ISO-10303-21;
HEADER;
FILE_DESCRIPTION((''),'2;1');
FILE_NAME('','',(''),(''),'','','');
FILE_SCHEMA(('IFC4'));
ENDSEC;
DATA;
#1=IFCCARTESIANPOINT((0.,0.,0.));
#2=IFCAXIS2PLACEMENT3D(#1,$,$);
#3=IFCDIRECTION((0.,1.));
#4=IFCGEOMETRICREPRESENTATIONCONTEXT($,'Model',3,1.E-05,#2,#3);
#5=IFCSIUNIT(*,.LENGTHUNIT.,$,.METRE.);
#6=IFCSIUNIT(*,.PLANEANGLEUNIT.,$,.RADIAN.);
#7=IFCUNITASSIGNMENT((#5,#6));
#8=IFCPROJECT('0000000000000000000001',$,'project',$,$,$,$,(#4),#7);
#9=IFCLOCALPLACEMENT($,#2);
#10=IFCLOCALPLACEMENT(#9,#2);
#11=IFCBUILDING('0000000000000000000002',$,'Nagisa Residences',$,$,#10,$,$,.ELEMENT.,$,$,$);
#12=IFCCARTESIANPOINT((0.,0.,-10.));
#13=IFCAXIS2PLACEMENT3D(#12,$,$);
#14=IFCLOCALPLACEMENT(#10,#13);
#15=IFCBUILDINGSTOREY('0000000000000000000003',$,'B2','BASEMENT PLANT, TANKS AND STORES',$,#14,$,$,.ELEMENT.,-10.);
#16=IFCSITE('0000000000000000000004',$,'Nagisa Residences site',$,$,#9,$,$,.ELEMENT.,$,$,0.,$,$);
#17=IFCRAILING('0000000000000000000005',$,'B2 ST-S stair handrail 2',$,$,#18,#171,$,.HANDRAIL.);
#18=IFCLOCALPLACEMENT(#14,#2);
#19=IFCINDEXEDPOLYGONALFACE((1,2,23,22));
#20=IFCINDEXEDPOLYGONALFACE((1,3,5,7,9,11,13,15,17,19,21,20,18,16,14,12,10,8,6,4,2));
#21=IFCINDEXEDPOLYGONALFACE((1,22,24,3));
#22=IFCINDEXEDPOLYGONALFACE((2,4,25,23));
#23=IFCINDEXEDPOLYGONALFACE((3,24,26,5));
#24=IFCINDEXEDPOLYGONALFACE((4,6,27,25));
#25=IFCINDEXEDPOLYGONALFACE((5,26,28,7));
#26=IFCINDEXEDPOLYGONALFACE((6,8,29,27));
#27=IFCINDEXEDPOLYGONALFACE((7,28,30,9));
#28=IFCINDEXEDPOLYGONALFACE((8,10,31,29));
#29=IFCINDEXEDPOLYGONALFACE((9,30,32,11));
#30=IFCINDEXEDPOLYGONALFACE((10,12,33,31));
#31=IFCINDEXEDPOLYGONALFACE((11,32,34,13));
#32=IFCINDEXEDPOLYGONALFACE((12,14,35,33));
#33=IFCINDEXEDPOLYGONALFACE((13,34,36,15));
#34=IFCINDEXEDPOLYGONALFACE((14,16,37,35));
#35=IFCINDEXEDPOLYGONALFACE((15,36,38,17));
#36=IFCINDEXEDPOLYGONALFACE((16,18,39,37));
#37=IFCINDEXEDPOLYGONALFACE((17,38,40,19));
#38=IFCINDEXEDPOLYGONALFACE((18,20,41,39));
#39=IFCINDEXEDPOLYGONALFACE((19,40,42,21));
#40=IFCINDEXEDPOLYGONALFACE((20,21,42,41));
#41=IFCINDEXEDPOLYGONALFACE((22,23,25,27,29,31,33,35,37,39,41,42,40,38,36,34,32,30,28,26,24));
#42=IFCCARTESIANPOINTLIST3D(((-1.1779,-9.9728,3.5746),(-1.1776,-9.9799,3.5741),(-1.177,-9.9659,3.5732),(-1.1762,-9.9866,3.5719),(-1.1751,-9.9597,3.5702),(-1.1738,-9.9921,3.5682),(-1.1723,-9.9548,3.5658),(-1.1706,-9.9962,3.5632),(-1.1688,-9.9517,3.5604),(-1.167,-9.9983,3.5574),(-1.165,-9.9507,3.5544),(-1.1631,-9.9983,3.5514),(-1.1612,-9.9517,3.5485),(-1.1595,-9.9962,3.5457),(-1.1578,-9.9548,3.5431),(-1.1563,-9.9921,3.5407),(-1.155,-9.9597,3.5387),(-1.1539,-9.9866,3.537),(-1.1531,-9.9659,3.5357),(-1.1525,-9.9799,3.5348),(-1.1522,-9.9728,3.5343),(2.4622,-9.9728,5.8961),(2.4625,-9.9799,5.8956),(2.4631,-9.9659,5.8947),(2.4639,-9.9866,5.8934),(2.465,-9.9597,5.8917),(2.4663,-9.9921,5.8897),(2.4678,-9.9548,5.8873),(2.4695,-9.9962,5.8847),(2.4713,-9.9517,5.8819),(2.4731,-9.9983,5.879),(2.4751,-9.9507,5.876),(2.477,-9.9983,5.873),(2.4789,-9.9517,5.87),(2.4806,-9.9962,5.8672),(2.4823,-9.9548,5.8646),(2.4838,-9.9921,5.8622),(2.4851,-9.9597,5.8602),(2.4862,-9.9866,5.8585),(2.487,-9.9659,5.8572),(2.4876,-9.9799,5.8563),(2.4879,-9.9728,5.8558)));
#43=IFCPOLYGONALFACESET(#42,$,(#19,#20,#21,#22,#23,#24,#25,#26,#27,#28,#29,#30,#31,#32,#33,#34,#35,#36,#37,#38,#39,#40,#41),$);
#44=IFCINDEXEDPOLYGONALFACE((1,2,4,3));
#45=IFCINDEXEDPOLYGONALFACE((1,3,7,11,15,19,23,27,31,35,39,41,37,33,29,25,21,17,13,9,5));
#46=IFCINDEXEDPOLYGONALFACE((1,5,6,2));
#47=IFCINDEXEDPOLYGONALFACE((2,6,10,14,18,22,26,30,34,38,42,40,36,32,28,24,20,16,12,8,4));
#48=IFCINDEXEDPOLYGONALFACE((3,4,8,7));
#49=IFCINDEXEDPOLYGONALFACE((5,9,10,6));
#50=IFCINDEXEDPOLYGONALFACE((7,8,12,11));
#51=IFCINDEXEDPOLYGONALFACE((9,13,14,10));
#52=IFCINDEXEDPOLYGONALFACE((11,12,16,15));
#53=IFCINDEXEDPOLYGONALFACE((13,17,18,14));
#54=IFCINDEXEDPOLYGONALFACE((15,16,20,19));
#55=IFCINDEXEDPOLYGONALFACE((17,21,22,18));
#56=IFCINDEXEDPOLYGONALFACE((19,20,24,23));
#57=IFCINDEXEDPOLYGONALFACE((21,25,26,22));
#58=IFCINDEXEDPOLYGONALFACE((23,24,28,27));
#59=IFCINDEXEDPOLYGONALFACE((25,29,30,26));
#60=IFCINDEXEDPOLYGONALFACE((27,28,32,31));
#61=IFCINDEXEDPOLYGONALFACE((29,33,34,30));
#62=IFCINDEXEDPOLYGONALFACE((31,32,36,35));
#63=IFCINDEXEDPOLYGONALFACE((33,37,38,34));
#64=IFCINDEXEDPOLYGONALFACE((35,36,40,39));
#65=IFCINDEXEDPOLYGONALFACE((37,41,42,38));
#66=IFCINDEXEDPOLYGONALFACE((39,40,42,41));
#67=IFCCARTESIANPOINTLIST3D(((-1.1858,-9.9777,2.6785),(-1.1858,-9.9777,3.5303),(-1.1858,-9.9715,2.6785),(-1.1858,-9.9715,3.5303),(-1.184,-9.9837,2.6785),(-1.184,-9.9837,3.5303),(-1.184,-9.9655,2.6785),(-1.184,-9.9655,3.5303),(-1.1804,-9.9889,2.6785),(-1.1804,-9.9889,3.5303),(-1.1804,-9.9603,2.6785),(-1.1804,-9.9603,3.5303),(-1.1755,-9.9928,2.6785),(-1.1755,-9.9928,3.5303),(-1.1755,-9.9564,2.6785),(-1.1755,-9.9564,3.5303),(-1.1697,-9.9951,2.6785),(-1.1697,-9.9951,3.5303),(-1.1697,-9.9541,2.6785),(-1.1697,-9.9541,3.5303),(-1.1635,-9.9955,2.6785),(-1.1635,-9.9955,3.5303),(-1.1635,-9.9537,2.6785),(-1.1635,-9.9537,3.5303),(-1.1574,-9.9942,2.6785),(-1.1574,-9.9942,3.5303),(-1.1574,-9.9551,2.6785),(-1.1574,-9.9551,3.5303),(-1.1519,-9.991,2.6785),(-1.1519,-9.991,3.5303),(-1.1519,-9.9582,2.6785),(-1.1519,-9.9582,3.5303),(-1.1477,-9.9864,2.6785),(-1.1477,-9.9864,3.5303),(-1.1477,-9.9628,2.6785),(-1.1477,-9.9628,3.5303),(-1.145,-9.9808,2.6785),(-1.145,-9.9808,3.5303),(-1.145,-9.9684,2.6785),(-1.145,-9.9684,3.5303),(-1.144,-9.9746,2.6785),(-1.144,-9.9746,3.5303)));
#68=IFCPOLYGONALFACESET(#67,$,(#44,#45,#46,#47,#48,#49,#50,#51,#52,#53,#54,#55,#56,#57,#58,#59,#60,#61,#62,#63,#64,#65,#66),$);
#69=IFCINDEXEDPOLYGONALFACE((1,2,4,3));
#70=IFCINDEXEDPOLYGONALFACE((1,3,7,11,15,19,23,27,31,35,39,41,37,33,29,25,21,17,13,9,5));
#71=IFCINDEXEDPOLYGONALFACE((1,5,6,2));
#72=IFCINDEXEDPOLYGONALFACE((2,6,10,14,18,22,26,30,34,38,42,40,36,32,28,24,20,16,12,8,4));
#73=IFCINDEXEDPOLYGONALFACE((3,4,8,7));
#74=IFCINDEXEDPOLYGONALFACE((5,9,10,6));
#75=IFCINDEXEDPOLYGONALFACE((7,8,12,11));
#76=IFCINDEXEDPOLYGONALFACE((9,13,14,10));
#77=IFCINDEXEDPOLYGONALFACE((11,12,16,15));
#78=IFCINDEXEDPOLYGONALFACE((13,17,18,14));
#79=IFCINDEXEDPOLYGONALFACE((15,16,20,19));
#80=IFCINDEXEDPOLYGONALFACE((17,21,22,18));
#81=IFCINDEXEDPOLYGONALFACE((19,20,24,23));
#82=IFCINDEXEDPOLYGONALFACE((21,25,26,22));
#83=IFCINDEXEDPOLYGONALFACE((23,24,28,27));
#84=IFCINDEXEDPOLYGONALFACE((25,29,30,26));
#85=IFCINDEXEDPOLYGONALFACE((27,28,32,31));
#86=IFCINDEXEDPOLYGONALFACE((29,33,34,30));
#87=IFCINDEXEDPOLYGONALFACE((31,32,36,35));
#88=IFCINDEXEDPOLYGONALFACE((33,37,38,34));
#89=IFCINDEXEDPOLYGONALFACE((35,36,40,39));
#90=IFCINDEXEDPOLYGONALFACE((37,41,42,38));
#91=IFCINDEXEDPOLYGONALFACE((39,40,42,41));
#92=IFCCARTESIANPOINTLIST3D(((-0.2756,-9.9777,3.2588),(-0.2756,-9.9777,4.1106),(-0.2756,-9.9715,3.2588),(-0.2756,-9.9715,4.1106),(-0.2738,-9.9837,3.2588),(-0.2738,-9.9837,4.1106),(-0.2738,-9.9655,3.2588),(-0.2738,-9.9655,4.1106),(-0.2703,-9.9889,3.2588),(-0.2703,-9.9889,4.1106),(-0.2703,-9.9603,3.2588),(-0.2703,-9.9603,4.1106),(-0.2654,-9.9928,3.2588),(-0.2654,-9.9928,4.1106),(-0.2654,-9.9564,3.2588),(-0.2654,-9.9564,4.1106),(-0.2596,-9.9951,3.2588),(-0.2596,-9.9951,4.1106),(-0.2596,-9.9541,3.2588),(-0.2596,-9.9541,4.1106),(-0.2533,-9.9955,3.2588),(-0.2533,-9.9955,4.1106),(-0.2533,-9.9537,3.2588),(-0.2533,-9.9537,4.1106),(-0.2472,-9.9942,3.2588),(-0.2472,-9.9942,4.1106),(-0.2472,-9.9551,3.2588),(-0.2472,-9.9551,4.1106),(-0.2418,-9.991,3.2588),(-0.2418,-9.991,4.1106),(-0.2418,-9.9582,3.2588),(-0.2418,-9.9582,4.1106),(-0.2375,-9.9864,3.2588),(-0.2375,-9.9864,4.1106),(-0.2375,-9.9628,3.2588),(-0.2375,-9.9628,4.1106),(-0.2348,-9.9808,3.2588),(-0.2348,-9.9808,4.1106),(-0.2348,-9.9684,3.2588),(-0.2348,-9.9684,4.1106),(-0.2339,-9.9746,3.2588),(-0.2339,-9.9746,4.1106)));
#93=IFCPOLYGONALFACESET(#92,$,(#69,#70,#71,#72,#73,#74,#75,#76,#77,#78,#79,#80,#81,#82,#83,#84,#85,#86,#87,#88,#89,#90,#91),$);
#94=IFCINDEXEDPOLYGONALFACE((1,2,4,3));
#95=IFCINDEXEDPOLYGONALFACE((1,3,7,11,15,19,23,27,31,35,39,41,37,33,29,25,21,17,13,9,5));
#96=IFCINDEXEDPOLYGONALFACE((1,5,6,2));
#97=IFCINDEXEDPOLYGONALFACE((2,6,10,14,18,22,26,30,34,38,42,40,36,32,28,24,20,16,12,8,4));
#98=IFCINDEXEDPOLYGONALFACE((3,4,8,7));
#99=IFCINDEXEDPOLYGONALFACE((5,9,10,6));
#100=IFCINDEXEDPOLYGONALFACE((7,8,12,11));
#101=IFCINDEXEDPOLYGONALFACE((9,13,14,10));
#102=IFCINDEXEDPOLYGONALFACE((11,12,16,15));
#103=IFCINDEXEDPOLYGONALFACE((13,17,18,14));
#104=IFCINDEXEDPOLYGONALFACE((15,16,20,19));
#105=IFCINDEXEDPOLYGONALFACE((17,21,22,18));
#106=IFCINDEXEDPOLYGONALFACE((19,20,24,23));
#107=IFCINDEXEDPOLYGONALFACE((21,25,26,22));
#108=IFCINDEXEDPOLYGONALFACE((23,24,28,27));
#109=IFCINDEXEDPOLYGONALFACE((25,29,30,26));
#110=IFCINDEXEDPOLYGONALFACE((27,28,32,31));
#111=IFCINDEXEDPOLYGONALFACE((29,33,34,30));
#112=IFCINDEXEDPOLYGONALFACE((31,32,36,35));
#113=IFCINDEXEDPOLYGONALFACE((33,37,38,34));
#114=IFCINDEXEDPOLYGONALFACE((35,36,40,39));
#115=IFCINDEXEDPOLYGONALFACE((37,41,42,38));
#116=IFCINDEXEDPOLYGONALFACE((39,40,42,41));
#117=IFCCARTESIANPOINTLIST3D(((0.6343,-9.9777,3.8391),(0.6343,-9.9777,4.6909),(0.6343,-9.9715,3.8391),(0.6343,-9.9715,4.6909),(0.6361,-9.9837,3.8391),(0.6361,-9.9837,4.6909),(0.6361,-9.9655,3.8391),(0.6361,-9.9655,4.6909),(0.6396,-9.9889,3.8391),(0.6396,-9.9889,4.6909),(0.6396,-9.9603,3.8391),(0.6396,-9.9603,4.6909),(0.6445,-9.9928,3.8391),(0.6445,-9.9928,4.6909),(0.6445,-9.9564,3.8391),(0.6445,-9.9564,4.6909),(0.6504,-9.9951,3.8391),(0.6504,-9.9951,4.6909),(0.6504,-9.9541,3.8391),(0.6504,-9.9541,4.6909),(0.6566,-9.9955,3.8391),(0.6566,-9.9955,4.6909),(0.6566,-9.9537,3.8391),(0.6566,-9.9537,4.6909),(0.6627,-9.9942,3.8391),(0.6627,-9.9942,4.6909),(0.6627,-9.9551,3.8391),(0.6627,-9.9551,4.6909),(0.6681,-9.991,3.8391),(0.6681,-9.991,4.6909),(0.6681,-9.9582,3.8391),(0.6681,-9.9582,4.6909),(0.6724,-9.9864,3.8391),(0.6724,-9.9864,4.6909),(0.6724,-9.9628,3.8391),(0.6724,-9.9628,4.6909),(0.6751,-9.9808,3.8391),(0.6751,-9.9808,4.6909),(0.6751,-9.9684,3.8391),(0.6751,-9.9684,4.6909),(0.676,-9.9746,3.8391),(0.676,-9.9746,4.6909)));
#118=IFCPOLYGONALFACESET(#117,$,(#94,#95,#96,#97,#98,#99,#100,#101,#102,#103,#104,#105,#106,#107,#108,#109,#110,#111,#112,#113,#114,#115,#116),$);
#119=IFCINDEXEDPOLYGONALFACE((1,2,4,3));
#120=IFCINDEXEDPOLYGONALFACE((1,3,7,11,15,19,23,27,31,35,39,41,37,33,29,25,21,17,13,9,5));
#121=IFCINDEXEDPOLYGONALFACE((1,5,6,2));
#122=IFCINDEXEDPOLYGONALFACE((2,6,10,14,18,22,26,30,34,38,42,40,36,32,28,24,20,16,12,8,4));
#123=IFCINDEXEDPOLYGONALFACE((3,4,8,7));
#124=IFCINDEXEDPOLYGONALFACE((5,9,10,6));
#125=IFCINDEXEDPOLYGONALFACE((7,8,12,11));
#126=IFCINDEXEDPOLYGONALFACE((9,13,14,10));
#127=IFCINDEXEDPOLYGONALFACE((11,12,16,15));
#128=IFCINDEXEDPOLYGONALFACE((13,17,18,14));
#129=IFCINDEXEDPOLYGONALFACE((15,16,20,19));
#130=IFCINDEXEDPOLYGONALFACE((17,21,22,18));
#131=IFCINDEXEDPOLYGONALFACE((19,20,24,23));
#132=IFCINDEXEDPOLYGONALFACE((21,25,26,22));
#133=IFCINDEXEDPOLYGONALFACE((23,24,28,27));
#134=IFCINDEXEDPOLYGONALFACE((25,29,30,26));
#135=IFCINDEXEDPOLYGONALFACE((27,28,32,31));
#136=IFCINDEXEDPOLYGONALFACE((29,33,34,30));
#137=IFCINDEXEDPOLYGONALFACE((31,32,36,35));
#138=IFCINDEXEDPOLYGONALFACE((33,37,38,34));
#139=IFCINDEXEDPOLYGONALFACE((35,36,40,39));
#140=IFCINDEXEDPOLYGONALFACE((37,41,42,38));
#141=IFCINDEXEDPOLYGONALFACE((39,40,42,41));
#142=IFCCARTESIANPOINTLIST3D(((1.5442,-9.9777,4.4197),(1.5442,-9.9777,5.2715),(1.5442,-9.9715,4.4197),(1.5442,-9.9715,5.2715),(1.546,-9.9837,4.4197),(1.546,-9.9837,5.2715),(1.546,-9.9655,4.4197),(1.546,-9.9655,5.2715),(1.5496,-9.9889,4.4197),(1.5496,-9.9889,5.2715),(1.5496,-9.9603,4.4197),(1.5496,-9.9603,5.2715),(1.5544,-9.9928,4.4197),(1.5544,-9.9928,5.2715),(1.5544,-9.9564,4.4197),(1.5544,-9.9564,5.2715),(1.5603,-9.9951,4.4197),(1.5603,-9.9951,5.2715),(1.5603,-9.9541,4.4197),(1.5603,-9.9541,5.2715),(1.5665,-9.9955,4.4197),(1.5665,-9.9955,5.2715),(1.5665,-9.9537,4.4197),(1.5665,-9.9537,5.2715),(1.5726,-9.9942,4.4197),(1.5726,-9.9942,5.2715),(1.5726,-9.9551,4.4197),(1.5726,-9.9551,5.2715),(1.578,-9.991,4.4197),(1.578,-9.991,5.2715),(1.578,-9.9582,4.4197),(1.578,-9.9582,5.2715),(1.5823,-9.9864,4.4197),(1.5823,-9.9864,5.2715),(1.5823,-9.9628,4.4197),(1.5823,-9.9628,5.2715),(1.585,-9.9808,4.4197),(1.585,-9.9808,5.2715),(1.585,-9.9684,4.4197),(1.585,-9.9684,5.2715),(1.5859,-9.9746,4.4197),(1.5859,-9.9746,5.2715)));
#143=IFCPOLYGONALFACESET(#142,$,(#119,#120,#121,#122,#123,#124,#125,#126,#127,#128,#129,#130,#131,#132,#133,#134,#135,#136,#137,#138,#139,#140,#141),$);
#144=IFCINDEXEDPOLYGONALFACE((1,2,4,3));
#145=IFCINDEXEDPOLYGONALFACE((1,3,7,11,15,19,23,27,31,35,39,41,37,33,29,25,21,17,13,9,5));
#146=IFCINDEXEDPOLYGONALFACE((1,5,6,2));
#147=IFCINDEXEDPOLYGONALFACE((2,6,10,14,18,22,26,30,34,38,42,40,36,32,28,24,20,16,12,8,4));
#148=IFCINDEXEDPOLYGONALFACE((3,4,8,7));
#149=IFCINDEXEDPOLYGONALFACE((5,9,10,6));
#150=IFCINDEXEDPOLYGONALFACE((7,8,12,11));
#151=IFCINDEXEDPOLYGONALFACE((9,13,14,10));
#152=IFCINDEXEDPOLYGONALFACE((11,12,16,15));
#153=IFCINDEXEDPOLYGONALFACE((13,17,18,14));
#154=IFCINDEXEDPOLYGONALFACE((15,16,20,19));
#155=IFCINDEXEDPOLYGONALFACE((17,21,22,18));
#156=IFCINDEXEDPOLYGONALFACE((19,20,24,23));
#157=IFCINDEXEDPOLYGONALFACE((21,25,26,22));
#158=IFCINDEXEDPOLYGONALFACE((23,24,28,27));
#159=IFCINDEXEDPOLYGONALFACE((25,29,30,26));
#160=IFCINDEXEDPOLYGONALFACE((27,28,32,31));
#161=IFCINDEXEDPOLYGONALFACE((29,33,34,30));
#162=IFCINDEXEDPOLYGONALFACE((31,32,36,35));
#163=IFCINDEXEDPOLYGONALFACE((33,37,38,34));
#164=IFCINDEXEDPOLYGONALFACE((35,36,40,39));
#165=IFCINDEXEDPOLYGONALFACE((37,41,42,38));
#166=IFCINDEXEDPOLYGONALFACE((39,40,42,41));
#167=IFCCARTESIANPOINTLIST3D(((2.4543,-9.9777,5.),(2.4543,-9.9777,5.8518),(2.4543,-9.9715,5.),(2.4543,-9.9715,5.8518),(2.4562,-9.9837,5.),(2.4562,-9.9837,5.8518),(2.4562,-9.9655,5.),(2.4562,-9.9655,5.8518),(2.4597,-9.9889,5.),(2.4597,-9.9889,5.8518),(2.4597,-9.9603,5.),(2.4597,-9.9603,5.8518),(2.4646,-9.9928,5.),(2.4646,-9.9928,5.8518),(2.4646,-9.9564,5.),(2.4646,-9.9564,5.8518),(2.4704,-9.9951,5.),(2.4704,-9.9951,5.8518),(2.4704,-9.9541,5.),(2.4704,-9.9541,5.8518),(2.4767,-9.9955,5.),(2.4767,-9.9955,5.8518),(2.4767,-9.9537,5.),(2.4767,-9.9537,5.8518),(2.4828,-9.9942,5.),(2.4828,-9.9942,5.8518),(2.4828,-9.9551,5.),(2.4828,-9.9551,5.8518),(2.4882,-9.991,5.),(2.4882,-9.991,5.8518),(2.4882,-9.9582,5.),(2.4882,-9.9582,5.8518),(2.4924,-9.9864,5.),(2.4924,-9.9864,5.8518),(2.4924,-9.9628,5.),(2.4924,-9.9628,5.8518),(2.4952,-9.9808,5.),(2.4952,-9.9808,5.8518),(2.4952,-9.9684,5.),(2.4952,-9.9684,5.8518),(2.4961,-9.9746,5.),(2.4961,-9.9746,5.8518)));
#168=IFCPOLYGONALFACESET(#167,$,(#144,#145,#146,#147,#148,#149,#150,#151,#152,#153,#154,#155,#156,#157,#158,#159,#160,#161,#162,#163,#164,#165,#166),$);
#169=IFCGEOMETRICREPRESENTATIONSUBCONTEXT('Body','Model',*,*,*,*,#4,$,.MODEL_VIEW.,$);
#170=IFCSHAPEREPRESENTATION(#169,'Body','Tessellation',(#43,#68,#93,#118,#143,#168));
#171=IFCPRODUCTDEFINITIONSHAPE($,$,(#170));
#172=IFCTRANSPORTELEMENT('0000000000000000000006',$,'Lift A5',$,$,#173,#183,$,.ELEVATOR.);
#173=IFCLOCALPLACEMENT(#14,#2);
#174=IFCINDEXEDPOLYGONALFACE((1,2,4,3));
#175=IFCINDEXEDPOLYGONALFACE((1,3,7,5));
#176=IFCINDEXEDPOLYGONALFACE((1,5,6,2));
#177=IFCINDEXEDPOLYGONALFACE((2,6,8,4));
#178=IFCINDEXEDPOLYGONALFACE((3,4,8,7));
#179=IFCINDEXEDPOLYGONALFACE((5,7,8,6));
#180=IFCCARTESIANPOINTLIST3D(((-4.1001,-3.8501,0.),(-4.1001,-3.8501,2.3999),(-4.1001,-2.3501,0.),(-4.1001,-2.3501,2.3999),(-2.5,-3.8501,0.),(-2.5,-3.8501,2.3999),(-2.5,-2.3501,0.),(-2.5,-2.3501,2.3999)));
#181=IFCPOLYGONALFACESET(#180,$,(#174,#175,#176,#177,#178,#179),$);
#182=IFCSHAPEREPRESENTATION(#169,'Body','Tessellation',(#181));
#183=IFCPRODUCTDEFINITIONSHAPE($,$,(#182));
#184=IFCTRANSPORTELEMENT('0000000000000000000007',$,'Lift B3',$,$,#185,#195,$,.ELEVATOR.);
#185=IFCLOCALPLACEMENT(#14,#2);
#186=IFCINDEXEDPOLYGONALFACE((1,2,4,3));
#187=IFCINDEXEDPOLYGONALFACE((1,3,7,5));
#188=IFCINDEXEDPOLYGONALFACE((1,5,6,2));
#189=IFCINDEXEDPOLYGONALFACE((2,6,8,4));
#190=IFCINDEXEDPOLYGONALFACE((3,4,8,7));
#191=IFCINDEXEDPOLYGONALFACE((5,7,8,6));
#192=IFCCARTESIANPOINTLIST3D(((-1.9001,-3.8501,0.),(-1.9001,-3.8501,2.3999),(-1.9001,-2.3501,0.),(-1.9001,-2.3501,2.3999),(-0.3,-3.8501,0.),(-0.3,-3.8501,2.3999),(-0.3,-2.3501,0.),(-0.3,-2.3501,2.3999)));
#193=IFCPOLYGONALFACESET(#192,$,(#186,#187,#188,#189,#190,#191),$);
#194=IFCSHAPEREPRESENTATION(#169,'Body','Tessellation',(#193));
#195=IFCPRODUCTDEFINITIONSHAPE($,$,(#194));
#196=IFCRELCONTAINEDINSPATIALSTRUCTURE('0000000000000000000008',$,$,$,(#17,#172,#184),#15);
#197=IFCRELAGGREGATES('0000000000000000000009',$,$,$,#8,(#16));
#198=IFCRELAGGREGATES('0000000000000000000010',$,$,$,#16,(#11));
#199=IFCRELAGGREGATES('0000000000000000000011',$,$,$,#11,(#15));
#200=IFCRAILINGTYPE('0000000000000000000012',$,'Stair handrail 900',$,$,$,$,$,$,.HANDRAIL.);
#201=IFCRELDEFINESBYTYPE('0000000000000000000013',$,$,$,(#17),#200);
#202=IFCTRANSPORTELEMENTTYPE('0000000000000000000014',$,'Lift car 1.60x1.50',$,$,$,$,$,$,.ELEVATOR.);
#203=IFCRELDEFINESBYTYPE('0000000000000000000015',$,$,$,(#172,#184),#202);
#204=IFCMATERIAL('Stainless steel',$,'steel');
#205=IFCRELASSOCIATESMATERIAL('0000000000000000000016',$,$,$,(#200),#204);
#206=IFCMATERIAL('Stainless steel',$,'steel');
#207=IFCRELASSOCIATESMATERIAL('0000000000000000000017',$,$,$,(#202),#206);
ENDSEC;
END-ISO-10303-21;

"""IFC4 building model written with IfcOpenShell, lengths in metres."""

from ifc_helpers import new_model, si_unit, direction, frame, origin, origin_2d, place, context, subcontext, project, spatial, rectangle, circle, extrude, material, type_object, element, save


model = new_model("IFC4")

# Units and contexts
model_context = context("Model", 3, precision=1e-05, world=origin(), true_north=direction((0.0, 1.0)))
body_context = subcontext(model_context, "Body", "Model", "MODEL_VIEW")
ifc_project = project(units=[si_unit("LENGTHUNIT", "METRE"), si_unit("PLANEANGLEUNIT", "RADIAN")], contexts=[model_context])

# Site, building, storey
site_placement = place(None, origin())
site = spatial("IfcSite", under=ifc_project, at=site_placement, Name="Nagisa Residences site", CompositionType="ELEMENT", RefElevation=0.0)
building_placement = place(site_placement, origin())
building = spatial("IfcBuilding", under=site, at=building_placement, Name="Nagisa Residences", CompositionType="ELEMENT")
storey_placement = place(building_placement, frame((0.0, 0.0, -10.0)))
storey = spatial("IfcBuildingStorey", under=building, at=storey_placement, Name="B2", Description="BASEMENT PLANT, TANKS AND STORES", CompositionType="ELEMENT", Elevation=-10.0)

# Railing
ifc_material_1 = material(Name="Stainless steel", Category="steel")
railing_type = type_object("IfcRailingType", Name="Stair handrail 900", PredefinedType="HANDRAIL", material=ifc_material_1)
railing_placement = place(storey_placement, frame((-1.165, -9.9746, 2.6785)))
element("IfcRailing", 1, at=railing_placement, inside=storey, type_object=railing_type, Name="B2 ST-S stair handrail 2", PredefinedType="HANDRAIL", context=body_context, shape_type="SweptSolid", body=[
    extrude(circle(Radius=0.0239, at=origin_2d()), frame((0.0, 0.0, 0.876), z_axis=(0.843128, 0.0, 0.537713), x_axis=(0.0, 1.0, 0.0)), (0.0, 0.0, 1.0), 4.3174),
    extrude(circle(Radius=0.021, at=origin_2d()), origin(), (0.0, 0.0, 1.0), 0.8518),
    extrude(circle(Radius=0.021, at=origin_2d()), frame((0.9102, 0.0, 0.5803)), (0.0, 0.0, 1.0), 0.8518),
    extrude(circle(Radius=0.021, at=origin_2d()), frame((1.8201, 0.0, 1.1606)), (0.0, 0.0, 1.0), 0.8518),
    extrude(circle(Radius=0.021, at=origin_2d()), frame((2.73, 0.0, 1.7412)), (0.0, 0.0, 1.0), 0.8518),
    extrude(circle(Radius=0.021, at=origin_2d()), frame((3.6401, 0.0, 2.3215)), (0.0, 0.0, 1.0), 0.8518),
])

# Transport elements
ifc_material_2 = material(Name="Stainless steel", Category="steel")
transport_element_type = type_object("IfcTransportElementType", Name="Lift car 1.60x1.50", PredefinedType="ELEVATOR", material=ifc_material_2)
for number, where, z_axis, x_axis, name in (
    (2, (-3.3, -3.1001, 0.0), (0.0, 0.0, 1.0), (1.0, 0.0, 0.0), "Lift A5"),
    (3, (-1.1001, -3.1001, 0.0), (0.0, 0.0, 1.0), (1.0, 0.0, 0.0), "Lift B3"),
):
    element("IfcTransportElement", number, at=place(storey_placement, frame(where, z_axis=z_axis, x_axis=x_axis)), inside=storey, type_object=transport_element_type, Name=name, PredefinedType="ELEVATOR", context=body_context, shape_type="SweptSolid", body=[
        extrude(rectangle(XDim=1.6001, YDim=1.5, at=origin_2d()), origin(), (0.0, 0.0, 1.0), 2.3999),
    ])

save(model, "model.ifc")
